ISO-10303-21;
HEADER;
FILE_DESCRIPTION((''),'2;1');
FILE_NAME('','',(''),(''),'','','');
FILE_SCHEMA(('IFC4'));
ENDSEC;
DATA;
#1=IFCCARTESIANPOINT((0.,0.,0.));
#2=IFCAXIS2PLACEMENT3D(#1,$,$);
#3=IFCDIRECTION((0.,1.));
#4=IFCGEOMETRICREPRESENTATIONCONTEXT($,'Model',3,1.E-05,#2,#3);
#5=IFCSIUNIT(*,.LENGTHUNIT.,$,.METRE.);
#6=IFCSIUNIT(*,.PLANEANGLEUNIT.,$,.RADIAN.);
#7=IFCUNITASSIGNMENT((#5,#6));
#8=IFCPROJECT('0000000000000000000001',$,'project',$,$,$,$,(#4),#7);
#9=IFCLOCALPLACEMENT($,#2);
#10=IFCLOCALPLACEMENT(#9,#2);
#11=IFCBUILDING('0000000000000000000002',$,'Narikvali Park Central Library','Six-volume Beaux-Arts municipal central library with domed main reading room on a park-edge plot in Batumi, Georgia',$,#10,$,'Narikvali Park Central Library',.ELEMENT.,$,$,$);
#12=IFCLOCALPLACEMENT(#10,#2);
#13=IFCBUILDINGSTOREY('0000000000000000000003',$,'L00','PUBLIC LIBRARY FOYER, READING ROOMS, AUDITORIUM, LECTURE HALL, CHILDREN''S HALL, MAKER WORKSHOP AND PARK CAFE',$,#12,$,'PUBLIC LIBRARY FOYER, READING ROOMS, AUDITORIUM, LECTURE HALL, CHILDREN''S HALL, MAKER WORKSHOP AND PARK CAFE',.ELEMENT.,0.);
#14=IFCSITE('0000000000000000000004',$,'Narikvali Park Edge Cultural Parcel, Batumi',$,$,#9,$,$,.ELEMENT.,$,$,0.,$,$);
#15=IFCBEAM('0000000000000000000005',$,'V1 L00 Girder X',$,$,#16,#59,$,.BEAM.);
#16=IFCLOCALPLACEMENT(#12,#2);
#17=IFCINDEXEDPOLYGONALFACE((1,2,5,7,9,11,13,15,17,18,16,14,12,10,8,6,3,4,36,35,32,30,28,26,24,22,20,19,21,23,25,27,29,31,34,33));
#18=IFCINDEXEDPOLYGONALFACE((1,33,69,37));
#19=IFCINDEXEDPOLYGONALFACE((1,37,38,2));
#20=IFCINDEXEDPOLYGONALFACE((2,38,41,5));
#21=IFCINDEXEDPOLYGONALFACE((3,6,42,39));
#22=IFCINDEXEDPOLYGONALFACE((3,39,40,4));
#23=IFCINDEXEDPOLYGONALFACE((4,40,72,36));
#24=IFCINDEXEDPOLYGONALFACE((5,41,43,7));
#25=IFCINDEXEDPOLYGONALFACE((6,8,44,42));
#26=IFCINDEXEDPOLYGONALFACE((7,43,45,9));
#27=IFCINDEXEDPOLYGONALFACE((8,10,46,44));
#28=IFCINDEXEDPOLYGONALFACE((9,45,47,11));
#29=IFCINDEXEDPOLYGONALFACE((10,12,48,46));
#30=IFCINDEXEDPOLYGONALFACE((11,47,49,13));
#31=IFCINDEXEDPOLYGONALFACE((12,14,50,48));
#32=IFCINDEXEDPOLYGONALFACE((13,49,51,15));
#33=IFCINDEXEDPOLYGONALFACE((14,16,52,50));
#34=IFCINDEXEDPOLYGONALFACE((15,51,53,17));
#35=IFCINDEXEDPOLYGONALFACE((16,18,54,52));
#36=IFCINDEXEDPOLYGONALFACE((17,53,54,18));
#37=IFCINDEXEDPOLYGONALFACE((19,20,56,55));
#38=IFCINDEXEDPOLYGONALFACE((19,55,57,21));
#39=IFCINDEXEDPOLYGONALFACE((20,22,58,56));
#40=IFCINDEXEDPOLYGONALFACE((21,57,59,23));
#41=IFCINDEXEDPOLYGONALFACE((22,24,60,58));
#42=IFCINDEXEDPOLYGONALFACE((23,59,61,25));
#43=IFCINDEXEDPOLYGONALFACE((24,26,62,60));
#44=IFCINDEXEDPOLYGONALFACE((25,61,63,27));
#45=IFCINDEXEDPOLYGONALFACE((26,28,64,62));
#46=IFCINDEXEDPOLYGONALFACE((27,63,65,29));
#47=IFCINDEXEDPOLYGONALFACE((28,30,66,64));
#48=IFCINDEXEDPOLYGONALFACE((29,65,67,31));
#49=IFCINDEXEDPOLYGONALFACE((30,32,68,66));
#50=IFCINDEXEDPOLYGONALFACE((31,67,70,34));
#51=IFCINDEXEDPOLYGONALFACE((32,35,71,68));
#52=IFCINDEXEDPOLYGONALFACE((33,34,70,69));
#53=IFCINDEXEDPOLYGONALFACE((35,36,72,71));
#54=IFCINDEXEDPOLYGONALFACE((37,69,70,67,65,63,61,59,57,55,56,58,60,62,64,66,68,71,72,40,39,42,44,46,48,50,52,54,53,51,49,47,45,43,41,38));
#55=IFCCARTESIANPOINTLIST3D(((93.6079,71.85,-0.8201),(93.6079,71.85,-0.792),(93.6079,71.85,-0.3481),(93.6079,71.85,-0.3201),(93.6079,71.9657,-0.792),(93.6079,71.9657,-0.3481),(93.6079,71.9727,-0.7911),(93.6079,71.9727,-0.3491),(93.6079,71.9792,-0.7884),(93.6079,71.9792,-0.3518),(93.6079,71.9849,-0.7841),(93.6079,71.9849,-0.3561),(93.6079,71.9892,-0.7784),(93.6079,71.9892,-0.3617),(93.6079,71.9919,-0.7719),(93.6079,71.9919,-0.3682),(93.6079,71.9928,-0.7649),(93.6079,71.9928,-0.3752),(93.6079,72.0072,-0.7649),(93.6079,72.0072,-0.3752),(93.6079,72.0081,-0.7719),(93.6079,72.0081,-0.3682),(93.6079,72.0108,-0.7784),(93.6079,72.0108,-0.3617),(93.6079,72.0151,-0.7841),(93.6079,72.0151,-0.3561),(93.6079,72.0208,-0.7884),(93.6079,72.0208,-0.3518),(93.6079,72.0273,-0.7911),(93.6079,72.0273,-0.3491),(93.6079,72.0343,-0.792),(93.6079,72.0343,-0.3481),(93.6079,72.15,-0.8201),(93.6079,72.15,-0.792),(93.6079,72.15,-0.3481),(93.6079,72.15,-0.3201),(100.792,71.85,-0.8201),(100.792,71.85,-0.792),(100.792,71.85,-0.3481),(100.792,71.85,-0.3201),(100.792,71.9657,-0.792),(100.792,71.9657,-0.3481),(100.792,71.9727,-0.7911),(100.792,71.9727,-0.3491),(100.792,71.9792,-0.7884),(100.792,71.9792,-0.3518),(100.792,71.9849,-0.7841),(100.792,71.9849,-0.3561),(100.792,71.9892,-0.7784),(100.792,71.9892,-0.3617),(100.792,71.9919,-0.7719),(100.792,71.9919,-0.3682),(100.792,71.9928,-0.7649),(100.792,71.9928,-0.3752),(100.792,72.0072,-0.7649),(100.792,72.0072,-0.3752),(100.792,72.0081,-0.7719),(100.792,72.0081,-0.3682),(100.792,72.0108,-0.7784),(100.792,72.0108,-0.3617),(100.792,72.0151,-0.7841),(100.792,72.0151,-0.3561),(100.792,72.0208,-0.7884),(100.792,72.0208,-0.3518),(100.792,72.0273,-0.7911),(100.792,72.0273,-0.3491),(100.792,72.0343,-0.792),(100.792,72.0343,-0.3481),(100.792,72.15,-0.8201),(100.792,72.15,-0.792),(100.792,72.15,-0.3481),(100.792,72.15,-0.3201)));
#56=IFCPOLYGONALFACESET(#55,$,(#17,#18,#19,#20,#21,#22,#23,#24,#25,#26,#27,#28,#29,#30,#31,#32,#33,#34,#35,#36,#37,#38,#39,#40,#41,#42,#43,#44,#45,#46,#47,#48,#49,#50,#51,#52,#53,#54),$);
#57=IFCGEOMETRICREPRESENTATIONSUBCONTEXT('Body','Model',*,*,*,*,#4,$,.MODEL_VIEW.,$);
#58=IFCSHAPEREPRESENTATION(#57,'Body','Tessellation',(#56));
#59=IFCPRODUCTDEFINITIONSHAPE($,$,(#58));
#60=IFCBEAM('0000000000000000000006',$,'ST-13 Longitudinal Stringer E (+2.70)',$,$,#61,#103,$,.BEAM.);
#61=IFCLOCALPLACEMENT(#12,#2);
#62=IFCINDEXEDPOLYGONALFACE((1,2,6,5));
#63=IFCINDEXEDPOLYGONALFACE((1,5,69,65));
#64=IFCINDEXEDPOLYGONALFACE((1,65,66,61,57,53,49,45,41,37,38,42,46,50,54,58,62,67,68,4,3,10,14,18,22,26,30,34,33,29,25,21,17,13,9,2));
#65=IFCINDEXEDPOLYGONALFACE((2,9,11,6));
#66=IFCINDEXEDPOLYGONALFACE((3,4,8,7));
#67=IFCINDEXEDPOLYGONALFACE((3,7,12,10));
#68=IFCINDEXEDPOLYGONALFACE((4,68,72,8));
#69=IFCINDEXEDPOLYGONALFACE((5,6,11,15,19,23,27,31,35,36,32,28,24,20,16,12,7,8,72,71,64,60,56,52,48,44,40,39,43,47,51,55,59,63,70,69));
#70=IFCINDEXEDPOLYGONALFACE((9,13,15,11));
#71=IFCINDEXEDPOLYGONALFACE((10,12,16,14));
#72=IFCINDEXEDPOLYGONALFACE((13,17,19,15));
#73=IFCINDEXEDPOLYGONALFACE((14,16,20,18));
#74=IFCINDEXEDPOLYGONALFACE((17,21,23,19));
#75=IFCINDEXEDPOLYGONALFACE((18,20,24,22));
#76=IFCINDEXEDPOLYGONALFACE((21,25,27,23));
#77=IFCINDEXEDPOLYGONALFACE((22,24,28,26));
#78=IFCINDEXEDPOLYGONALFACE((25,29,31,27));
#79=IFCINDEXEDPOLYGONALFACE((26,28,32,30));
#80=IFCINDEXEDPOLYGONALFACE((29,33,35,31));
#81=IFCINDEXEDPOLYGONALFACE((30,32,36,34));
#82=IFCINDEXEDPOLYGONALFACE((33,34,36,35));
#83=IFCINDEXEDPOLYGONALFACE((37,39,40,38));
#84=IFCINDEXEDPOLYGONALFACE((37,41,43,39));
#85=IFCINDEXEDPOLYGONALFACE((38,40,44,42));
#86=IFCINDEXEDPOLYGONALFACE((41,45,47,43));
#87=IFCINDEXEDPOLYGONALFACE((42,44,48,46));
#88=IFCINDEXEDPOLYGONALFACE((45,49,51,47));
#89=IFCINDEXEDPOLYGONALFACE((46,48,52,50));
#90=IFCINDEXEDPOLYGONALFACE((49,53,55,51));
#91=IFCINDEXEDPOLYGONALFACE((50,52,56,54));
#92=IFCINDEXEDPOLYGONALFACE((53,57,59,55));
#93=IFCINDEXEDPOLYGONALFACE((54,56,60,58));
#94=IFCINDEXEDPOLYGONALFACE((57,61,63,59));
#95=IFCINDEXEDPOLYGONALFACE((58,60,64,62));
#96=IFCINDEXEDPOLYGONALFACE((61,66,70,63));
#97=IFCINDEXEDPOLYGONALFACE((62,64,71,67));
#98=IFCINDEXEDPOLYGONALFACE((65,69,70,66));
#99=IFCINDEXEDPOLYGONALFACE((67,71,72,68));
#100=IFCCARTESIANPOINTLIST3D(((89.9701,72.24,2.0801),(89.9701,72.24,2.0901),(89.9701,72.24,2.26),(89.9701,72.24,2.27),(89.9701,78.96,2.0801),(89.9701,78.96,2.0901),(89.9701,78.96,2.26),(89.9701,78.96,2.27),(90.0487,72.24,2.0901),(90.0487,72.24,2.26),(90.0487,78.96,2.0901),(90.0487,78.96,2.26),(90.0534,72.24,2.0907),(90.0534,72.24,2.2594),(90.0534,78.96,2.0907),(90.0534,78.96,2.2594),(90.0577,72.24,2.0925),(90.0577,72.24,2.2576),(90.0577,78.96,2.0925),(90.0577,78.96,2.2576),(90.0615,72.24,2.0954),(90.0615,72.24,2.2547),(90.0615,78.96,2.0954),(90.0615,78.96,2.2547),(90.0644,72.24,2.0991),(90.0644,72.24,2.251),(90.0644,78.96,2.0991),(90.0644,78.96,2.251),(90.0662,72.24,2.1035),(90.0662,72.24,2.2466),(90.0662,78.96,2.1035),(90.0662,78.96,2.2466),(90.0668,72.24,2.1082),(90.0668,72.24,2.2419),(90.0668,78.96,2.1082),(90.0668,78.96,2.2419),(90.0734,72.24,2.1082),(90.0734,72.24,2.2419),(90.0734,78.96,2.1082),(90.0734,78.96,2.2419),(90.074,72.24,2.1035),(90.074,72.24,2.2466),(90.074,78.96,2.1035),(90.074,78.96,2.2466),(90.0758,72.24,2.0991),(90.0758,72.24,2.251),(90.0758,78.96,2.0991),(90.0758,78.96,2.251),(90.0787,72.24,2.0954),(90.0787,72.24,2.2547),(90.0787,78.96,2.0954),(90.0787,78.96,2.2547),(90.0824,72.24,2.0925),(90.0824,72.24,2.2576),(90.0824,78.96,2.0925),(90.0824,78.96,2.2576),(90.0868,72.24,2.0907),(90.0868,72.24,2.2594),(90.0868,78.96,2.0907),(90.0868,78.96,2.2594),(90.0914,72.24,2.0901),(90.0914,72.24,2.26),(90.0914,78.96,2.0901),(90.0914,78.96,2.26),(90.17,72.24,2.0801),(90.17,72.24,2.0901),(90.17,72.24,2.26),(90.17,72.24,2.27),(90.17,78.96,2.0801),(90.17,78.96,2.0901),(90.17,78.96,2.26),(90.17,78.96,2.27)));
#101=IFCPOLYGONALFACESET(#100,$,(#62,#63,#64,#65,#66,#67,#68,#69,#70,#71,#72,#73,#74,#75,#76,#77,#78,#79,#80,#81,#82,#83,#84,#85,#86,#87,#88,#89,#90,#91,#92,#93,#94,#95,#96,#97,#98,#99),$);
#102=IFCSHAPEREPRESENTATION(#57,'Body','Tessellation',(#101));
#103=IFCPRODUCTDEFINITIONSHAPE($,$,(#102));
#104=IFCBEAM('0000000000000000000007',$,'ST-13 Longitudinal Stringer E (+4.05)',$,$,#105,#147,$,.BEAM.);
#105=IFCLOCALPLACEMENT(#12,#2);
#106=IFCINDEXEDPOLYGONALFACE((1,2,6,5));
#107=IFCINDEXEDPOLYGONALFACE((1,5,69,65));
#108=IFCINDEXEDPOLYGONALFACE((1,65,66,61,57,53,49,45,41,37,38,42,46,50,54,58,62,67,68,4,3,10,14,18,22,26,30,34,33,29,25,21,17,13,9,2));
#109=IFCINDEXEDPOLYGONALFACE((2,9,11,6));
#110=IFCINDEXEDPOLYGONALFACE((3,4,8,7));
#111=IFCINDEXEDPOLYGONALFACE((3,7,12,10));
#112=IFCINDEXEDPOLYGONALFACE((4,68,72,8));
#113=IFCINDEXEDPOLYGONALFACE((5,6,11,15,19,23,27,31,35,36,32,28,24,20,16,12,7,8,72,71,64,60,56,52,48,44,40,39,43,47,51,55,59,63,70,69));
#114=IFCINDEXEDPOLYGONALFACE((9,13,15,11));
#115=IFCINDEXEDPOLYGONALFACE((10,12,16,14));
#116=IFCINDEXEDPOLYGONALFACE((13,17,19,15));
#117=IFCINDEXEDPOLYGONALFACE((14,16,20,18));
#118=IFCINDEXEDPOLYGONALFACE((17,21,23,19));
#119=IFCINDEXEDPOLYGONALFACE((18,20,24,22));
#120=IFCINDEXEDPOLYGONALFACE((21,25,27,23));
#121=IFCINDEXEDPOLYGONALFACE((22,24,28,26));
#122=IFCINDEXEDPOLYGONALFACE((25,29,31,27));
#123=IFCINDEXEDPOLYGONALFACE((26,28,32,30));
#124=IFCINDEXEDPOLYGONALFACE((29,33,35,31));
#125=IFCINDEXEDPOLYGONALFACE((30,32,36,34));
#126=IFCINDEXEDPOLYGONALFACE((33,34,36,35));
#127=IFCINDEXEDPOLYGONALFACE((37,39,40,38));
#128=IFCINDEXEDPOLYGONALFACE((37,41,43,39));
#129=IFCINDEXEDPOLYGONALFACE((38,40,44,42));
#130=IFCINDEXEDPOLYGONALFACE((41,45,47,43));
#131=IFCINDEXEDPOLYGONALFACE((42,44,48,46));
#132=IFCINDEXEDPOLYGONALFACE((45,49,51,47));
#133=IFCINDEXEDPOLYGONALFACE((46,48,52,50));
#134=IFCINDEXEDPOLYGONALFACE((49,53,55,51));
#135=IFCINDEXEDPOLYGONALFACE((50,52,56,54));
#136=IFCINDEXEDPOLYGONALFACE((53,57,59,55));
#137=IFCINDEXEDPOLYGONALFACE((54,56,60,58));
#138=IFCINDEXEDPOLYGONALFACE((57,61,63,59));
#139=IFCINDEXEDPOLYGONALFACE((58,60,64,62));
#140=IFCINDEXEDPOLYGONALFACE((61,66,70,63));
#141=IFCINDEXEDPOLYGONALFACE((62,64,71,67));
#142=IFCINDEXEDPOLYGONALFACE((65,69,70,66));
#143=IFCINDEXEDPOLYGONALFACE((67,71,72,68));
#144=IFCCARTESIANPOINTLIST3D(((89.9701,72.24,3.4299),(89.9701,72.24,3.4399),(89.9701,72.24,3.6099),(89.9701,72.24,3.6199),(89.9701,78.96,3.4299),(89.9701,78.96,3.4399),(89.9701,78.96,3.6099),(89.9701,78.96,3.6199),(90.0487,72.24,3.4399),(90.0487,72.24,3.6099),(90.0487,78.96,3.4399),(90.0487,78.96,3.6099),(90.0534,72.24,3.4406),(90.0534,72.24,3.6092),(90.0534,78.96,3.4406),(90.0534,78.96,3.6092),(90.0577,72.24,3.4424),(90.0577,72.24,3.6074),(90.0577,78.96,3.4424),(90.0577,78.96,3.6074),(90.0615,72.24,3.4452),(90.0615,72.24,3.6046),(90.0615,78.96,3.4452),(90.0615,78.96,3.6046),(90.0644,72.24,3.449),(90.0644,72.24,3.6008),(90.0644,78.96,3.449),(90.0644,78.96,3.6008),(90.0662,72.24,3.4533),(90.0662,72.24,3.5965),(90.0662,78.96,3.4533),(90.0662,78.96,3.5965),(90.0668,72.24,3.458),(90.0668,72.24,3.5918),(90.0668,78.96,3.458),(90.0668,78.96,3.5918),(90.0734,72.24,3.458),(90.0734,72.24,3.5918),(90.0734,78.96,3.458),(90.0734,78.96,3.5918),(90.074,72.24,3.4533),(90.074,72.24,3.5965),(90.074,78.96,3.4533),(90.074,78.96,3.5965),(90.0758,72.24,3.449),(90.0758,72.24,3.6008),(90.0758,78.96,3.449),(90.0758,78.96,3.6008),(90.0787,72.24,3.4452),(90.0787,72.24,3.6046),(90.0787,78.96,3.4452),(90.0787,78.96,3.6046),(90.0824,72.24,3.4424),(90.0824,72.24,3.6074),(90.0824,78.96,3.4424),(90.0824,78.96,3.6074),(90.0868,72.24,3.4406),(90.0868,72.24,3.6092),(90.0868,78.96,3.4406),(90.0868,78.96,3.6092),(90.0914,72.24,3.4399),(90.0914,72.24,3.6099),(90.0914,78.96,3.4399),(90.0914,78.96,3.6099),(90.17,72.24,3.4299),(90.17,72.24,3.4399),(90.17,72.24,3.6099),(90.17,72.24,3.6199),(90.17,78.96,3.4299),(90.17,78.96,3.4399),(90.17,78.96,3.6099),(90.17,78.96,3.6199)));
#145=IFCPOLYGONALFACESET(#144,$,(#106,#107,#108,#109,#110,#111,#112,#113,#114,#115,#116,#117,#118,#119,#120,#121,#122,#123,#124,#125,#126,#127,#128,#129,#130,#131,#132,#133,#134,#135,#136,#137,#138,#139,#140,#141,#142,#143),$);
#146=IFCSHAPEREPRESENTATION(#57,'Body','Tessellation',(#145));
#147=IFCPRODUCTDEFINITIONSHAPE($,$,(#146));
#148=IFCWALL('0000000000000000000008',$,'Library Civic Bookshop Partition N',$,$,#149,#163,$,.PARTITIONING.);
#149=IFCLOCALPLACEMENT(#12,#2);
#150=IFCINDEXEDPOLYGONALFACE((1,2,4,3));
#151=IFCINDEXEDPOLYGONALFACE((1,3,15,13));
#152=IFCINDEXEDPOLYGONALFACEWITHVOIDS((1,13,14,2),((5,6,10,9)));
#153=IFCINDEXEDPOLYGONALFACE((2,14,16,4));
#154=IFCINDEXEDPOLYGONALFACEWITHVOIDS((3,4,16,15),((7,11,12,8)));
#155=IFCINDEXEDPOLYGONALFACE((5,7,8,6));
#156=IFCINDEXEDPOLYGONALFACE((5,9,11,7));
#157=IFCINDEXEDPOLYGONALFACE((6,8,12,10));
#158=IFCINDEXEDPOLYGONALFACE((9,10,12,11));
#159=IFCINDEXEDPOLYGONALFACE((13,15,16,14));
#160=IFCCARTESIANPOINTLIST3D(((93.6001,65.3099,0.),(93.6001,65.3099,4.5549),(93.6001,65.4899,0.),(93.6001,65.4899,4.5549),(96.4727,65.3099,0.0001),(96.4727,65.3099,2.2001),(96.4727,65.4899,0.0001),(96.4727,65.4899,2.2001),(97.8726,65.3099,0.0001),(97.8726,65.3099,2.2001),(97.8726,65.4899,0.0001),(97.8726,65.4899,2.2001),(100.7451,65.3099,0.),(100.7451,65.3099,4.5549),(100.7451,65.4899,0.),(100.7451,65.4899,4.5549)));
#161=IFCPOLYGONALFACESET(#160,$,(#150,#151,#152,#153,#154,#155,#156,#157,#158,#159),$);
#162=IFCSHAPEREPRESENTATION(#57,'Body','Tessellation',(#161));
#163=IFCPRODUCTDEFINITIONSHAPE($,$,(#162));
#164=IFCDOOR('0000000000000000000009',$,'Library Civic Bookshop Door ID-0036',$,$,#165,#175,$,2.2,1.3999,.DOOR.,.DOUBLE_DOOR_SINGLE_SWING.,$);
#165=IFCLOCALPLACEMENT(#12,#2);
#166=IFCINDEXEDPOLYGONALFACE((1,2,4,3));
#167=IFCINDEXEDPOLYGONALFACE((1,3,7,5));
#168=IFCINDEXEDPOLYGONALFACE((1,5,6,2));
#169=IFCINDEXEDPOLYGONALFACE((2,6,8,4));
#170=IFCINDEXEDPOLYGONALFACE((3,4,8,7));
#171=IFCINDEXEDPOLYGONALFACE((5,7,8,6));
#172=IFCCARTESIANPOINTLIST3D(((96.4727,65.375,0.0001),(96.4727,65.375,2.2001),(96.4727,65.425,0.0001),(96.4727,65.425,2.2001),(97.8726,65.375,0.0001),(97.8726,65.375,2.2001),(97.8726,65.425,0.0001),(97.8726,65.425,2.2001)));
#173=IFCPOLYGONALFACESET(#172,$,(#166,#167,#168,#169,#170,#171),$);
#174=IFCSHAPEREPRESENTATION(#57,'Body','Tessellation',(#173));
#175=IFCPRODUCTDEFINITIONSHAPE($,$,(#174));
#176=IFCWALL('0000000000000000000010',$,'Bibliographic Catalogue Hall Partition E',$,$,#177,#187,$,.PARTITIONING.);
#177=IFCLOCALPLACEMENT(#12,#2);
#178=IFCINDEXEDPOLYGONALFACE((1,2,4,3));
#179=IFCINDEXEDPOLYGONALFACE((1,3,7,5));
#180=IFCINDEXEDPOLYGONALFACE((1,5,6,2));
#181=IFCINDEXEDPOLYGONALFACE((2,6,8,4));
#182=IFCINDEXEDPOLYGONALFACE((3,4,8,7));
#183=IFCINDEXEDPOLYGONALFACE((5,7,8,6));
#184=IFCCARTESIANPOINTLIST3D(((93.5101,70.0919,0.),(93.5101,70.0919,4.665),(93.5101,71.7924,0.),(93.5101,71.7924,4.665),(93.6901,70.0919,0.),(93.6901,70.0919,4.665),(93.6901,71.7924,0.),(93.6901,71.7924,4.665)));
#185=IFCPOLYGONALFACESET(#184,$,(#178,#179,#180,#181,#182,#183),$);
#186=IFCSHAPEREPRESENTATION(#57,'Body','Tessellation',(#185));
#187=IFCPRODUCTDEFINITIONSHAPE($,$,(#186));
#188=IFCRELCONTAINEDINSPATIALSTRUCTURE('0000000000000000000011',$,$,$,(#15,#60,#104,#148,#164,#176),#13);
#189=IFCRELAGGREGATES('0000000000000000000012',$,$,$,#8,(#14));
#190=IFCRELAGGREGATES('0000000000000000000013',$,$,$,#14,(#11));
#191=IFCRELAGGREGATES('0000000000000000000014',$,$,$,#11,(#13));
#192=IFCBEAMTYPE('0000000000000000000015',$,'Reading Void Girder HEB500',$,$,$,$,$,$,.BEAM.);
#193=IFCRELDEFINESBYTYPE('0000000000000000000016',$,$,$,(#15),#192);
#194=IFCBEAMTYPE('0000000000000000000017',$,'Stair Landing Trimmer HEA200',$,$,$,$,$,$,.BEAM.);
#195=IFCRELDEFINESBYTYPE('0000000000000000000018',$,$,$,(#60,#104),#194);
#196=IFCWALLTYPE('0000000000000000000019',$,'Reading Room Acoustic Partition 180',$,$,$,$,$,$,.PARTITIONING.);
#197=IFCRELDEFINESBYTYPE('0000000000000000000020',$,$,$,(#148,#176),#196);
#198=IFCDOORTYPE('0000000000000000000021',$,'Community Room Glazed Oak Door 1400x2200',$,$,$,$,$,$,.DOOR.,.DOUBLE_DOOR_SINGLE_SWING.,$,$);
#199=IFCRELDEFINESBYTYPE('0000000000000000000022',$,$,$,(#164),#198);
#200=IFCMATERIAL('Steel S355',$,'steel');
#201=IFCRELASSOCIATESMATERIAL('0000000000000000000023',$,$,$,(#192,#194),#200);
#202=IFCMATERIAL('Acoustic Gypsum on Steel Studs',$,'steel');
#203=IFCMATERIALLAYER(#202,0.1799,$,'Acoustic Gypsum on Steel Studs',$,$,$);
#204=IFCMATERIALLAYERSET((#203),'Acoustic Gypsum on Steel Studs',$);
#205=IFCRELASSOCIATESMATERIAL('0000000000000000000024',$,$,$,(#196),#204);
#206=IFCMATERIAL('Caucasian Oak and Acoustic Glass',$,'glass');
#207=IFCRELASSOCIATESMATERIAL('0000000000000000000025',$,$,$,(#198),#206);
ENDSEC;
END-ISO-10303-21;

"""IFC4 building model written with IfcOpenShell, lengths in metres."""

from ifc_helpers import new_model, si_unit, direction, frame, frame_2d, origin, origin_2d, place, context, subcontext, project, spatial, rectangle, i_section, extrude, material, layer, layer_set, material_profile, profile_set, type_object, element, fill, save


model = new_model("IFC4")

# Units and contexts
model_context = context("Model", 3, precision=1e-05, world=origin(), true_north=direction((0.0, 1.0)))
body_context = subcontext(model_context, "Body", "Model", "MODEL_VIEW")
ifc_project = project(units=[si_unit("LENGTHUNIT", "METRE"), si_unit("PLANEANGLEUNIT", "RADIAN")], contexts=[model_context])

# Site, building, storey
site_placement = place(None, origin())
site = spatial("IfcSite", under=ifc_project, at=site_placement, Name="Narikvali Park Edge Cultural Parcel, Batumi", CompositionType="ELEMENT", RefElevation=0.0)
building_placement = place(site_placement, origin())
building = spatial("IfcBuilding", under=site, at=building_placement, Name="Narikvali Park Central Library", Description="Six-volume Beaux-Arts municipal central library with domed main reading room on a park-edge plot in Batumi, Georgia", LongName="Narikvali Park Central Library", CompositionType="ELEMENT")
storey_placement = place(building_placement, origin())
storey = spatial("IfcBuildingStorey", under=building, at=storey_placement, Name="L00", Description="PUBLIC LIBRARY FOYER, READING ROOMS, AUDITORIUM, LECTURE HALL, CHILDREN'S HALL, MAKER WORKSHOP AND PARK CAFE", LongName="PUBLIC LIBRARY FOYER, READING ROOMS, AUDITORIUM, LECTURE HALL, CHILDREN'S HALL, MAKER WORKSHOP AND PARK CAFE", CompositionType="ELEMENT", Elevation=0.0)

# Shared definitions
ifc_material_1 = material(Name="Steel S355", Category="steel")

# Beams
ifc_material_profile_1 = material_profile(ifc_material_1, i_section(OverallWidth=0.3, OverallDepth=0.5, WebThickness=0.0144, FlangeThickness=0.0281, FilletRadius=0.0271, at=origin_2d()), Name="HEB 500")
ifc_profile_set_1 = profile_set([ifc_material_profile_1], Name="Steel S355")
beam_type_1 = type_object("IfcBeamType", Name="Reading Void Girder HEB500", PredefinedType="BEAM", material=ifc_profile_set_1)
beam_placement = place(storey_placement, frame((93.6079, 72.0, -0.5701), z_axis=(1.0, 0.0, 0.0), x_axis=(0.0, 1.0, 0.0)))
element("IfcBeam", 1, at=beam_placement, inside=storey, type_object=beam_type_1, Name="V1 L00 Girder X", PredefinedType="BEAM", context=body_context, shape_type="SweptSolid", body=[
    extrude(i_section(OverallWidth=0.3, OverallDepth=0.5, WebThickness=0.0144, FlangeThickness=0.0281, FilletRadius=0.0271, at=origin_2d()), origin(), (0.0, 0.0, 1.0), 7.1841),
])
ifc_material_profile_2 = material_profile(ifc_material_1, i_section(OverallWidth=0.2, OverallDepth=0.1899, WebThickness=0.0066, FlangeThickness=0.01, FilletRadius=0.0181, at=origin_2d()), Name="HEA 200")
ifc_profile_set_2 = profile_set([ifc_material_profile_2], Name="Steel S355")
beam_type_2 = type_object("IfcBeamType", Name="Stair Landing Trimmer HEA200", PredefinedType="BEAM", material=ifc_profile_set_2)
for number, where, z_axis, x_axis, name in (
    (2, (90.0701, 72.24, 2.175), (0.0, 1.0, 0.0), (-1.0, 0.0, 0.0), "ST-13 Longitudinal Stringer E (+2.70)"),
    (3, (90.0701, 72.24, 3.5249), (0.0, 1.0, 0.0), (-1.0, 0.0, 0.0), "ST-13 Longitudinal Stringer E (+4.05)"),
):
    element("IfcBeam", number, at=place(storey_placement, frame(where, z_axis=z_axis, x_axis=x_axis)), inside=storey, type_object=beam_type_2, Name=name, PredefinedType="BEAM", context=body_context, shape_type="SweptSolid", body=[
        extrude(i_section(OverallWidth=0.2, OverallDepth=0.1899, WebThickness=0.0066, FlangeThickness=0.01, FilletRadius=0.0181, at=origin_2d()), origin(), (0.0, 0.0, 1.0), 6.72),
    ])

# Wall, opening, door
ifc_material_2 = material(Name="Acoustic Gypsum on Steel Studs", Category="steel")
ifc_layer_1 = layer(ifc_material_2, 0.1799, Name="Acoustic Gypsum on Steel Studs")
ifc_layer_set_1 = layer_set([ifc_layer_1], Name="Acoustic Gypsum on Steel Studs")
wall_type_1 = type_object("IfcWallType", Name="Reading Room Acoustic Partition 180", PredefinedType="PARTITIONING", material=ifc_layer_set_1)
wall_1_placement = place(storey_placement, frame((93.6001, 65.3999, 0.0), z_axis=(0.0, 0.0, 1.0), x_axis=(1.0, 0.0, 0.0)))
wall_1 = element("IfcWall", 4, at=wall_1_placement, inside=storey, type_object=wall_type_1, Name="Library Civic Bookshop Partition N", PredefinedType="PARTITIONING", context=body_context, shape_type="SweptSolid", body=[
    extrude(rectangle(XDim=7.145, YDim=0.1799, at=frame_2d((3.5725, 0.0))), origin(), (0.0, 0.0, 1.0), 4.5549),
])
opening_1_placement = place(wall_1_placement, frame((2.8726, 0.0, 0.0)))
opening_1 = element("IfcOpeningElement", 5, at=opening_1_placement, cuts=wall_1, PredefinedType="OPENING", context=body_context, shape_type="SweptSolid", body=[
    extrude(rectangle(XDim=1.3999, YDim=2.2, at=frame_2d((0.7, 1.1001))), frame((0.0, 0.1021, 0.0), z_axis=(0.0, -1.0, 0.0), x_axis=(1.0, 0.0, 0.0)), (0.0, 0.0, 1.0), 0.2039),
])
ifc_material_3 = material(Name="Caucasian Oak and Acoustic Glass", Category="glass")
door_type_1 = type_object("IfcDoorType", Name="Community Room Glazed Oak Door 1400x2200", OperationType="DOUBLE_DOOR_SINGLE_SWING", PredefinedType="DOOR", material=ifc_material_3)
door_1_placement = place(opening_1_placement, frame((1.3999, 0.0, 0.0), z_axis=(0.0, 0.0, 1.0), x_axis=(-1.0, 0.0, 0.0)))
door_1 = element("IfcDoor", 6, at=door_1_placement, inside=storey, type_object=door_type_1, Name="Library Civic Bookshop Door ID-0036", OperationType="DOUBLE_DOOR_SINGLE_SWING", OverallHeight=2.2, OverallWidth=1.3999, PredefinedType="DOOR", context=body_context, shape_type="SweptSolid", body=[
    extrude(rectangle(XDim=1.3999, YDim=2.2, at=frame_2d((0.7, 1.1001))), frame((0.0, 0.0249, 0.0), z_axis=(0.0, -1.0, 0.0), x_axis=(1.0, 0.0, 0.0)), (0.0, 0.0, 1.0), 0.05),
])
fill(opening_1, door_1)

# Wall
wall_2_placement = place(storey_placement, frame((93.6001, 70.092, 0.0), z_axis=(0.0, 0.0, 1.0), x_axis=(0.0, 1.0, 0.0)))
element("IfcWall", 7, at=wall_2_placement, inside=storey, type_object=wall_type_1, Name="Bibliographic Catalogue Hall Partition E", PredefinedType="PARTITIONING", context=body_context, shape_type="SweptSolid", body=[
    extrude(rectangle(XDim=1.7004, YDim=0.1799, at=frame_2d((0.8501, 0.0))), origin(), (0.0, 0.0, 1.0), 4.665),
])

save(model, "model.ifc")
